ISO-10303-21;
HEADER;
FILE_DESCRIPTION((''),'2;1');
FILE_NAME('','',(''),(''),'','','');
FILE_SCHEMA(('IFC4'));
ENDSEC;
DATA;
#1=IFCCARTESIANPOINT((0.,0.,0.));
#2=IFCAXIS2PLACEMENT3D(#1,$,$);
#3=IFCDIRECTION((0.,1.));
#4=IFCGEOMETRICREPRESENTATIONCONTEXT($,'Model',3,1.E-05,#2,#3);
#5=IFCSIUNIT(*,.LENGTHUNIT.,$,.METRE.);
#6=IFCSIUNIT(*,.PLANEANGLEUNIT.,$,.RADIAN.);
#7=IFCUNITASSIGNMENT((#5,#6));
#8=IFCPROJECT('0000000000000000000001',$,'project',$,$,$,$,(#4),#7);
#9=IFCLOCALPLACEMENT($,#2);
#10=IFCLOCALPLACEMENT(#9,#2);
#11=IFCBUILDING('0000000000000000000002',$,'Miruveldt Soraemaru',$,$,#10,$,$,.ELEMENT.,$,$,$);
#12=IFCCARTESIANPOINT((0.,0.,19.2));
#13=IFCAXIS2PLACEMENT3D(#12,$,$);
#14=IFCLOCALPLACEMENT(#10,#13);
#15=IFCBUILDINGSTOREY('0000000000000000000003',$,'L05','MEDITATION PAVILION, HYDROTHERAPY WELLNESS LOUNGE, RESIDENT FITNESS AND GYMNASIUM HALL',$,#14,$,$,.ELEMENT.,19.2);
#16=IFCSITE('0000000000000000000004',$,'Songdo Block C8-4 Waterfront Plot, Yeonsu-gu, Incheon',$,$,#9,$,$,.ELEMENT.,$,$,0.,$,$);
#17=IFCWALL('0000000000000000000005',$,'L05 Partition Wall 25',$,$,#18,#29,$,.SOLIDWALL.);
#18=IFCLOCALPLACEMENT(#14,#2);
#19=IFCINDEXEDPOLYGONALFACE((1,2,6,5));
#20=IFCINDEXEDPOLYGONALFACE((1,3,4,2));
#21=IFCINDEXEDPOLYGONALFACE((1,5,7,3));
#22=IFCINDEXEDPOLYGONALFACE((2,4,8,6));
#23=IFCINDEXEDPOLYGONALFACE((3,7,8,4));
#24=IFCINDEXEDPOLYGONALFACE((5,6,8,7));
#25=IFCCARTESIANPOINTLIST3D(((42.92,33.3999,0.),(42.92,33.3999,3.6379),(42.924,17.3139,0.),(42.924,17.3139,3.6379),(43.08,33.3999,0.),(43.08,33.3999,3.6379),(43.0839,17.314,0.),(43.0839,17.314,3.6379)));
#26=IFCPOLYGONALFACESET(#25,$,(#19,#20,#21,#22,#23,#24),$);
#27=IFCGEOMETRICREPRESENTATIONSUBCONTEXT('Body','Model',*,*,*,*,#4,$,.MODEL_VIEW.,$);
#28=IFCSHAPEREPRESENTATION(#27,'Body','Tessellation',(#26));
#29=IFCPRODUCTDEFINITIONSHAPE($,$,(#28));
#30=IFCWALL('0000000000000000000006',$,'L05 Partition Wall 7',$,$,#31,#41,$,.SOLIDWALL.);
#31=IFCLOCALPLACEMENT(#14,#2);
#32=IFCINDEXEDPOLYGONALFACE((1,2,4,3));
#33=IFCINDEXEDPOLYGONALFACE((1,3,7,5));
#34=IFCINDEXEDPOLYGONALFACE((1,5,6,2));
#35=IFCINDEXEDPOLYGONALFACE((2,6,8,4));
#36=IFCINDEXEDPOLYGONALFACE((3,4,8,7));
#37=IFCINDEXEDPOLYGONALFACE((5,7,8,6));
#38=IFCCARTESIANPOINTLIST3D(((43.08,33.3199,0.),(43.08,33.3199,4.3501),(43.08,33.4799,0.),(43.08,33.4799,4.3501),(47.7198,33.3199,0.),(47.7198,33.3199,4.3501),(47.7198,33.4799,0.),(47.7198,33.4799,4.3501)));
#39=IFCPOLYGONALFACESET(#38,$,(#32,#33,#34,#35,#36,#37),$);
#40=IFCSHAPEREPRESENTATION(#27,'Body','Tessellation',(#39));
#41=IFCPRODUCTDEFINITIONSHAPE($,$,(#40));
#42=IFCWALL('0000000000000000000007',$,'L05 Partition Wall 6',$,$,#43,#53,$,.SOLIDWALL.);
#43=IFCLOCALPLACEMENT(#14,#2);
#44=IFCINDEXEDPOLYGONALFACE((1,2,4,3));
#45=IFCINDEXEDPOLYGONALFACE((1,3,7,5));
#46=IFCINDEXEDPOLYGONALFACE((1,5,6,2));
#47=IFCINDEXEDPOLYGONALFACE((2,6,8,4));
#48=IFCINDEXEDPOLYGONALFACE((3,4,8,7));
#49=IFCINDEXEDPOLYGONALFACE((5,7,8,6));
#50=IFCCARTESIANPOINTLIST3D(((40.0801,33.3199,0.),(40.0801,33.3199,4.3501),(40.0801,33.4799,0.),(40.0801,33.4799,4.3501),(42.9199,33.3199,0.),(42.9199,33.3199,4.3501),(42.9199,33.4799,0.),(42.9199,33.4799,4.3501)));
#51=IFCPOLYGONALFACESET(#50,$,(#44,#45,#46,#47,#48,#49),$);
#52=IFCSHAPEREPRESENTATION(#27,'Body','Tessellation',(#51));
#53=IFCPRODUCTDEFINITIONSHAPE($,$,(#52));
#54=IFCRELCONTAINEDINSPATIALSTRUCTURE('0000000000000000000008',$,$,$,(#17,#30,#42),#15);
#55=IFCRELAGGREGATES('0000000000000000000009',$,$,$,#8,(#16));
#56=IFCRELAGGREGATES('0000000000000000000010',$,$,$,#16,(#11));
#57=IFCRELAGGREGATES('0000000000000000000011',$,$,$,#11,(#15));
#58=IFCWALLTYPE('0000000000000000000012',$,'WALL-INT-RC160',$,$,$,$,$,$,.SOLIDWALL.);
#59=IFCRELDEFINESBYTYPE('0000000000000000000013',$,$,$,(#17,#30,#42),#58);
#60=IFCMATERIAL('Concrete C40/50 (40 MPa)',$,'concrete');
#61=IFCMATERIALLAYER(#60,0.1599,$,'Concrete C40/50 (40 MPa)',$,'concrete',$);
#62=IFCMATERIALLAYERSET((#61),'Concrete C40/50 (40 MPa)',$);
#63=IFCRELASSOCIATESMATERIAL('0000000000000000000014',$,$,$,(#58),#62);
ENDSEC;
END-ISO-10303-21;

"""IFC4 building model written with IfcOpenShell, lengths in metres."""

from ifc_helpers import new_model, si_unit, direction, frame, frame_2d, origin, place, context, subcontext, project, spatial, rectangle, extrude, material, layer, layer_set, type_object, element, save


model = new_model("IFC4")

# Units and contexts
model_context = context("Model", 3, precision=1e-05, world=origin(), true_north=direction((0.0, 1.0)))
body_context = subcontext(model_context, "Body", "Model", "MODEL_VIEW")
ifc_project = project(units=[si_unit("LENGTHUNIT", "METRE"), si_unit("PLANEANGLEUNIT", "RADIAN")], contexts=[model_context])

# Site, building, storey
site_placement = place(None, origin())
site = spatial("IfcSite", under=ifc_project, at=site_placement, Name="Songdo Block C8-4 Waterfront Plot, Yeonsu-gu, Incheon", CompositionType="ELEMENT", RefElevation=0.0)
building_placement = place(site_placement, origin())
building = spatial("IfcBuilding", under=site, at=building_placement, Name="Miruveldt Soraemaru", CompositionType="ELEMENT")
storey_placement = place(building_placement, frame((0.0, 0.0, 19.2)))
storey = spatial("IfcBuildingStorey", under=building, at=storey_placement, Name="L05", Description="MEDITATION PAVILION, HYDROTHERAPY WELLNESS LOUNGE, RESIDENT FITNESS AND GYMNASIUM HALL", CompositionType="ELEMENT", Elevation=19.2)

# Walls
ifc_material_1 = material(Name="Concrete C40/50 (40 MPa)", Category="concrete")
ifc_layer_1 = layer(ifc_material_1, 0.1599, Name="Concrete C40/50 (40 MPa)", Category="concrete")
ifc_layer_set_1 = layer_set([ifc_layer_1], Name="Concrete C40/50 (40 MPa)")
wall_type_1 = type_object("IfcWallType", Name="WALL-INT-RC160", PredefinedType="SOLIDWALL", material=ifc_layer_set_1)
wall_1_placement = place(storey_placement, frame((43.0039, 17.314, 0.0), z_axis=(0.0, 0.0, 1.0), x_axis=(-0.000243, 1.0, 0.0)))
element("IfcWall", 1, at=wall_1_placement, inside=storey, type_object=wall_type_1, Name="L05 Partition Wall 25", PredefinedType="SOLIDWALL", context=body_context, shape_type="SweptSolid", body=[
    extrude(rectangle(XDim=16.0859, YDim=0.1599, at=frame_2d((8.043, 0.0))), origin(), (0.0, 0.0, 1.0), 3.6379),
])
wall_2_placement = place(storey_placement, frame((43.0801, 33.3999, 0.0), z_axis=(0.0, 0.0, 1.0), x_axis=(1.0, 0.0, 0.0)))
element("IfcWall", 2, at=wall_2_placement, inside=storey, type_object=wall_type_1, Name="L05 Partition Wall 7", PredefinedType="SOLIDWALL", context=body_context, shape_type="SweptSolid", body=[
    extrude(rectangle(XDim=4.6399, YDim=0.1599, at=frame_2d((2.3198, 0.0))), origin(), (0.0, 0.0, 1.0), 4.3501),
])
wall_3_placement = place(storey_placement, frame((40.0801, 33.3999, 0.0), z_axis=(0.0, 0.0, 1.0), x_axis=(1.0, 0.0, 0.0)))
element("IfcWall", 3, at=wall_3_placement, inside=storey, type_object=wall_type_1, Name="L05 Partition Wall 6", PredefinedType="SOLIDWALL", context=body_context, shape_type="SweptSolid", body=[
    extrude(rectangle(XDim=2.8398, YDim=0.1599, at=frame_2d((1.4199, 0.0))), origin(), (0.0, 0.0, 1.0), 4.3501),
])

save(model, "model.ifc")
